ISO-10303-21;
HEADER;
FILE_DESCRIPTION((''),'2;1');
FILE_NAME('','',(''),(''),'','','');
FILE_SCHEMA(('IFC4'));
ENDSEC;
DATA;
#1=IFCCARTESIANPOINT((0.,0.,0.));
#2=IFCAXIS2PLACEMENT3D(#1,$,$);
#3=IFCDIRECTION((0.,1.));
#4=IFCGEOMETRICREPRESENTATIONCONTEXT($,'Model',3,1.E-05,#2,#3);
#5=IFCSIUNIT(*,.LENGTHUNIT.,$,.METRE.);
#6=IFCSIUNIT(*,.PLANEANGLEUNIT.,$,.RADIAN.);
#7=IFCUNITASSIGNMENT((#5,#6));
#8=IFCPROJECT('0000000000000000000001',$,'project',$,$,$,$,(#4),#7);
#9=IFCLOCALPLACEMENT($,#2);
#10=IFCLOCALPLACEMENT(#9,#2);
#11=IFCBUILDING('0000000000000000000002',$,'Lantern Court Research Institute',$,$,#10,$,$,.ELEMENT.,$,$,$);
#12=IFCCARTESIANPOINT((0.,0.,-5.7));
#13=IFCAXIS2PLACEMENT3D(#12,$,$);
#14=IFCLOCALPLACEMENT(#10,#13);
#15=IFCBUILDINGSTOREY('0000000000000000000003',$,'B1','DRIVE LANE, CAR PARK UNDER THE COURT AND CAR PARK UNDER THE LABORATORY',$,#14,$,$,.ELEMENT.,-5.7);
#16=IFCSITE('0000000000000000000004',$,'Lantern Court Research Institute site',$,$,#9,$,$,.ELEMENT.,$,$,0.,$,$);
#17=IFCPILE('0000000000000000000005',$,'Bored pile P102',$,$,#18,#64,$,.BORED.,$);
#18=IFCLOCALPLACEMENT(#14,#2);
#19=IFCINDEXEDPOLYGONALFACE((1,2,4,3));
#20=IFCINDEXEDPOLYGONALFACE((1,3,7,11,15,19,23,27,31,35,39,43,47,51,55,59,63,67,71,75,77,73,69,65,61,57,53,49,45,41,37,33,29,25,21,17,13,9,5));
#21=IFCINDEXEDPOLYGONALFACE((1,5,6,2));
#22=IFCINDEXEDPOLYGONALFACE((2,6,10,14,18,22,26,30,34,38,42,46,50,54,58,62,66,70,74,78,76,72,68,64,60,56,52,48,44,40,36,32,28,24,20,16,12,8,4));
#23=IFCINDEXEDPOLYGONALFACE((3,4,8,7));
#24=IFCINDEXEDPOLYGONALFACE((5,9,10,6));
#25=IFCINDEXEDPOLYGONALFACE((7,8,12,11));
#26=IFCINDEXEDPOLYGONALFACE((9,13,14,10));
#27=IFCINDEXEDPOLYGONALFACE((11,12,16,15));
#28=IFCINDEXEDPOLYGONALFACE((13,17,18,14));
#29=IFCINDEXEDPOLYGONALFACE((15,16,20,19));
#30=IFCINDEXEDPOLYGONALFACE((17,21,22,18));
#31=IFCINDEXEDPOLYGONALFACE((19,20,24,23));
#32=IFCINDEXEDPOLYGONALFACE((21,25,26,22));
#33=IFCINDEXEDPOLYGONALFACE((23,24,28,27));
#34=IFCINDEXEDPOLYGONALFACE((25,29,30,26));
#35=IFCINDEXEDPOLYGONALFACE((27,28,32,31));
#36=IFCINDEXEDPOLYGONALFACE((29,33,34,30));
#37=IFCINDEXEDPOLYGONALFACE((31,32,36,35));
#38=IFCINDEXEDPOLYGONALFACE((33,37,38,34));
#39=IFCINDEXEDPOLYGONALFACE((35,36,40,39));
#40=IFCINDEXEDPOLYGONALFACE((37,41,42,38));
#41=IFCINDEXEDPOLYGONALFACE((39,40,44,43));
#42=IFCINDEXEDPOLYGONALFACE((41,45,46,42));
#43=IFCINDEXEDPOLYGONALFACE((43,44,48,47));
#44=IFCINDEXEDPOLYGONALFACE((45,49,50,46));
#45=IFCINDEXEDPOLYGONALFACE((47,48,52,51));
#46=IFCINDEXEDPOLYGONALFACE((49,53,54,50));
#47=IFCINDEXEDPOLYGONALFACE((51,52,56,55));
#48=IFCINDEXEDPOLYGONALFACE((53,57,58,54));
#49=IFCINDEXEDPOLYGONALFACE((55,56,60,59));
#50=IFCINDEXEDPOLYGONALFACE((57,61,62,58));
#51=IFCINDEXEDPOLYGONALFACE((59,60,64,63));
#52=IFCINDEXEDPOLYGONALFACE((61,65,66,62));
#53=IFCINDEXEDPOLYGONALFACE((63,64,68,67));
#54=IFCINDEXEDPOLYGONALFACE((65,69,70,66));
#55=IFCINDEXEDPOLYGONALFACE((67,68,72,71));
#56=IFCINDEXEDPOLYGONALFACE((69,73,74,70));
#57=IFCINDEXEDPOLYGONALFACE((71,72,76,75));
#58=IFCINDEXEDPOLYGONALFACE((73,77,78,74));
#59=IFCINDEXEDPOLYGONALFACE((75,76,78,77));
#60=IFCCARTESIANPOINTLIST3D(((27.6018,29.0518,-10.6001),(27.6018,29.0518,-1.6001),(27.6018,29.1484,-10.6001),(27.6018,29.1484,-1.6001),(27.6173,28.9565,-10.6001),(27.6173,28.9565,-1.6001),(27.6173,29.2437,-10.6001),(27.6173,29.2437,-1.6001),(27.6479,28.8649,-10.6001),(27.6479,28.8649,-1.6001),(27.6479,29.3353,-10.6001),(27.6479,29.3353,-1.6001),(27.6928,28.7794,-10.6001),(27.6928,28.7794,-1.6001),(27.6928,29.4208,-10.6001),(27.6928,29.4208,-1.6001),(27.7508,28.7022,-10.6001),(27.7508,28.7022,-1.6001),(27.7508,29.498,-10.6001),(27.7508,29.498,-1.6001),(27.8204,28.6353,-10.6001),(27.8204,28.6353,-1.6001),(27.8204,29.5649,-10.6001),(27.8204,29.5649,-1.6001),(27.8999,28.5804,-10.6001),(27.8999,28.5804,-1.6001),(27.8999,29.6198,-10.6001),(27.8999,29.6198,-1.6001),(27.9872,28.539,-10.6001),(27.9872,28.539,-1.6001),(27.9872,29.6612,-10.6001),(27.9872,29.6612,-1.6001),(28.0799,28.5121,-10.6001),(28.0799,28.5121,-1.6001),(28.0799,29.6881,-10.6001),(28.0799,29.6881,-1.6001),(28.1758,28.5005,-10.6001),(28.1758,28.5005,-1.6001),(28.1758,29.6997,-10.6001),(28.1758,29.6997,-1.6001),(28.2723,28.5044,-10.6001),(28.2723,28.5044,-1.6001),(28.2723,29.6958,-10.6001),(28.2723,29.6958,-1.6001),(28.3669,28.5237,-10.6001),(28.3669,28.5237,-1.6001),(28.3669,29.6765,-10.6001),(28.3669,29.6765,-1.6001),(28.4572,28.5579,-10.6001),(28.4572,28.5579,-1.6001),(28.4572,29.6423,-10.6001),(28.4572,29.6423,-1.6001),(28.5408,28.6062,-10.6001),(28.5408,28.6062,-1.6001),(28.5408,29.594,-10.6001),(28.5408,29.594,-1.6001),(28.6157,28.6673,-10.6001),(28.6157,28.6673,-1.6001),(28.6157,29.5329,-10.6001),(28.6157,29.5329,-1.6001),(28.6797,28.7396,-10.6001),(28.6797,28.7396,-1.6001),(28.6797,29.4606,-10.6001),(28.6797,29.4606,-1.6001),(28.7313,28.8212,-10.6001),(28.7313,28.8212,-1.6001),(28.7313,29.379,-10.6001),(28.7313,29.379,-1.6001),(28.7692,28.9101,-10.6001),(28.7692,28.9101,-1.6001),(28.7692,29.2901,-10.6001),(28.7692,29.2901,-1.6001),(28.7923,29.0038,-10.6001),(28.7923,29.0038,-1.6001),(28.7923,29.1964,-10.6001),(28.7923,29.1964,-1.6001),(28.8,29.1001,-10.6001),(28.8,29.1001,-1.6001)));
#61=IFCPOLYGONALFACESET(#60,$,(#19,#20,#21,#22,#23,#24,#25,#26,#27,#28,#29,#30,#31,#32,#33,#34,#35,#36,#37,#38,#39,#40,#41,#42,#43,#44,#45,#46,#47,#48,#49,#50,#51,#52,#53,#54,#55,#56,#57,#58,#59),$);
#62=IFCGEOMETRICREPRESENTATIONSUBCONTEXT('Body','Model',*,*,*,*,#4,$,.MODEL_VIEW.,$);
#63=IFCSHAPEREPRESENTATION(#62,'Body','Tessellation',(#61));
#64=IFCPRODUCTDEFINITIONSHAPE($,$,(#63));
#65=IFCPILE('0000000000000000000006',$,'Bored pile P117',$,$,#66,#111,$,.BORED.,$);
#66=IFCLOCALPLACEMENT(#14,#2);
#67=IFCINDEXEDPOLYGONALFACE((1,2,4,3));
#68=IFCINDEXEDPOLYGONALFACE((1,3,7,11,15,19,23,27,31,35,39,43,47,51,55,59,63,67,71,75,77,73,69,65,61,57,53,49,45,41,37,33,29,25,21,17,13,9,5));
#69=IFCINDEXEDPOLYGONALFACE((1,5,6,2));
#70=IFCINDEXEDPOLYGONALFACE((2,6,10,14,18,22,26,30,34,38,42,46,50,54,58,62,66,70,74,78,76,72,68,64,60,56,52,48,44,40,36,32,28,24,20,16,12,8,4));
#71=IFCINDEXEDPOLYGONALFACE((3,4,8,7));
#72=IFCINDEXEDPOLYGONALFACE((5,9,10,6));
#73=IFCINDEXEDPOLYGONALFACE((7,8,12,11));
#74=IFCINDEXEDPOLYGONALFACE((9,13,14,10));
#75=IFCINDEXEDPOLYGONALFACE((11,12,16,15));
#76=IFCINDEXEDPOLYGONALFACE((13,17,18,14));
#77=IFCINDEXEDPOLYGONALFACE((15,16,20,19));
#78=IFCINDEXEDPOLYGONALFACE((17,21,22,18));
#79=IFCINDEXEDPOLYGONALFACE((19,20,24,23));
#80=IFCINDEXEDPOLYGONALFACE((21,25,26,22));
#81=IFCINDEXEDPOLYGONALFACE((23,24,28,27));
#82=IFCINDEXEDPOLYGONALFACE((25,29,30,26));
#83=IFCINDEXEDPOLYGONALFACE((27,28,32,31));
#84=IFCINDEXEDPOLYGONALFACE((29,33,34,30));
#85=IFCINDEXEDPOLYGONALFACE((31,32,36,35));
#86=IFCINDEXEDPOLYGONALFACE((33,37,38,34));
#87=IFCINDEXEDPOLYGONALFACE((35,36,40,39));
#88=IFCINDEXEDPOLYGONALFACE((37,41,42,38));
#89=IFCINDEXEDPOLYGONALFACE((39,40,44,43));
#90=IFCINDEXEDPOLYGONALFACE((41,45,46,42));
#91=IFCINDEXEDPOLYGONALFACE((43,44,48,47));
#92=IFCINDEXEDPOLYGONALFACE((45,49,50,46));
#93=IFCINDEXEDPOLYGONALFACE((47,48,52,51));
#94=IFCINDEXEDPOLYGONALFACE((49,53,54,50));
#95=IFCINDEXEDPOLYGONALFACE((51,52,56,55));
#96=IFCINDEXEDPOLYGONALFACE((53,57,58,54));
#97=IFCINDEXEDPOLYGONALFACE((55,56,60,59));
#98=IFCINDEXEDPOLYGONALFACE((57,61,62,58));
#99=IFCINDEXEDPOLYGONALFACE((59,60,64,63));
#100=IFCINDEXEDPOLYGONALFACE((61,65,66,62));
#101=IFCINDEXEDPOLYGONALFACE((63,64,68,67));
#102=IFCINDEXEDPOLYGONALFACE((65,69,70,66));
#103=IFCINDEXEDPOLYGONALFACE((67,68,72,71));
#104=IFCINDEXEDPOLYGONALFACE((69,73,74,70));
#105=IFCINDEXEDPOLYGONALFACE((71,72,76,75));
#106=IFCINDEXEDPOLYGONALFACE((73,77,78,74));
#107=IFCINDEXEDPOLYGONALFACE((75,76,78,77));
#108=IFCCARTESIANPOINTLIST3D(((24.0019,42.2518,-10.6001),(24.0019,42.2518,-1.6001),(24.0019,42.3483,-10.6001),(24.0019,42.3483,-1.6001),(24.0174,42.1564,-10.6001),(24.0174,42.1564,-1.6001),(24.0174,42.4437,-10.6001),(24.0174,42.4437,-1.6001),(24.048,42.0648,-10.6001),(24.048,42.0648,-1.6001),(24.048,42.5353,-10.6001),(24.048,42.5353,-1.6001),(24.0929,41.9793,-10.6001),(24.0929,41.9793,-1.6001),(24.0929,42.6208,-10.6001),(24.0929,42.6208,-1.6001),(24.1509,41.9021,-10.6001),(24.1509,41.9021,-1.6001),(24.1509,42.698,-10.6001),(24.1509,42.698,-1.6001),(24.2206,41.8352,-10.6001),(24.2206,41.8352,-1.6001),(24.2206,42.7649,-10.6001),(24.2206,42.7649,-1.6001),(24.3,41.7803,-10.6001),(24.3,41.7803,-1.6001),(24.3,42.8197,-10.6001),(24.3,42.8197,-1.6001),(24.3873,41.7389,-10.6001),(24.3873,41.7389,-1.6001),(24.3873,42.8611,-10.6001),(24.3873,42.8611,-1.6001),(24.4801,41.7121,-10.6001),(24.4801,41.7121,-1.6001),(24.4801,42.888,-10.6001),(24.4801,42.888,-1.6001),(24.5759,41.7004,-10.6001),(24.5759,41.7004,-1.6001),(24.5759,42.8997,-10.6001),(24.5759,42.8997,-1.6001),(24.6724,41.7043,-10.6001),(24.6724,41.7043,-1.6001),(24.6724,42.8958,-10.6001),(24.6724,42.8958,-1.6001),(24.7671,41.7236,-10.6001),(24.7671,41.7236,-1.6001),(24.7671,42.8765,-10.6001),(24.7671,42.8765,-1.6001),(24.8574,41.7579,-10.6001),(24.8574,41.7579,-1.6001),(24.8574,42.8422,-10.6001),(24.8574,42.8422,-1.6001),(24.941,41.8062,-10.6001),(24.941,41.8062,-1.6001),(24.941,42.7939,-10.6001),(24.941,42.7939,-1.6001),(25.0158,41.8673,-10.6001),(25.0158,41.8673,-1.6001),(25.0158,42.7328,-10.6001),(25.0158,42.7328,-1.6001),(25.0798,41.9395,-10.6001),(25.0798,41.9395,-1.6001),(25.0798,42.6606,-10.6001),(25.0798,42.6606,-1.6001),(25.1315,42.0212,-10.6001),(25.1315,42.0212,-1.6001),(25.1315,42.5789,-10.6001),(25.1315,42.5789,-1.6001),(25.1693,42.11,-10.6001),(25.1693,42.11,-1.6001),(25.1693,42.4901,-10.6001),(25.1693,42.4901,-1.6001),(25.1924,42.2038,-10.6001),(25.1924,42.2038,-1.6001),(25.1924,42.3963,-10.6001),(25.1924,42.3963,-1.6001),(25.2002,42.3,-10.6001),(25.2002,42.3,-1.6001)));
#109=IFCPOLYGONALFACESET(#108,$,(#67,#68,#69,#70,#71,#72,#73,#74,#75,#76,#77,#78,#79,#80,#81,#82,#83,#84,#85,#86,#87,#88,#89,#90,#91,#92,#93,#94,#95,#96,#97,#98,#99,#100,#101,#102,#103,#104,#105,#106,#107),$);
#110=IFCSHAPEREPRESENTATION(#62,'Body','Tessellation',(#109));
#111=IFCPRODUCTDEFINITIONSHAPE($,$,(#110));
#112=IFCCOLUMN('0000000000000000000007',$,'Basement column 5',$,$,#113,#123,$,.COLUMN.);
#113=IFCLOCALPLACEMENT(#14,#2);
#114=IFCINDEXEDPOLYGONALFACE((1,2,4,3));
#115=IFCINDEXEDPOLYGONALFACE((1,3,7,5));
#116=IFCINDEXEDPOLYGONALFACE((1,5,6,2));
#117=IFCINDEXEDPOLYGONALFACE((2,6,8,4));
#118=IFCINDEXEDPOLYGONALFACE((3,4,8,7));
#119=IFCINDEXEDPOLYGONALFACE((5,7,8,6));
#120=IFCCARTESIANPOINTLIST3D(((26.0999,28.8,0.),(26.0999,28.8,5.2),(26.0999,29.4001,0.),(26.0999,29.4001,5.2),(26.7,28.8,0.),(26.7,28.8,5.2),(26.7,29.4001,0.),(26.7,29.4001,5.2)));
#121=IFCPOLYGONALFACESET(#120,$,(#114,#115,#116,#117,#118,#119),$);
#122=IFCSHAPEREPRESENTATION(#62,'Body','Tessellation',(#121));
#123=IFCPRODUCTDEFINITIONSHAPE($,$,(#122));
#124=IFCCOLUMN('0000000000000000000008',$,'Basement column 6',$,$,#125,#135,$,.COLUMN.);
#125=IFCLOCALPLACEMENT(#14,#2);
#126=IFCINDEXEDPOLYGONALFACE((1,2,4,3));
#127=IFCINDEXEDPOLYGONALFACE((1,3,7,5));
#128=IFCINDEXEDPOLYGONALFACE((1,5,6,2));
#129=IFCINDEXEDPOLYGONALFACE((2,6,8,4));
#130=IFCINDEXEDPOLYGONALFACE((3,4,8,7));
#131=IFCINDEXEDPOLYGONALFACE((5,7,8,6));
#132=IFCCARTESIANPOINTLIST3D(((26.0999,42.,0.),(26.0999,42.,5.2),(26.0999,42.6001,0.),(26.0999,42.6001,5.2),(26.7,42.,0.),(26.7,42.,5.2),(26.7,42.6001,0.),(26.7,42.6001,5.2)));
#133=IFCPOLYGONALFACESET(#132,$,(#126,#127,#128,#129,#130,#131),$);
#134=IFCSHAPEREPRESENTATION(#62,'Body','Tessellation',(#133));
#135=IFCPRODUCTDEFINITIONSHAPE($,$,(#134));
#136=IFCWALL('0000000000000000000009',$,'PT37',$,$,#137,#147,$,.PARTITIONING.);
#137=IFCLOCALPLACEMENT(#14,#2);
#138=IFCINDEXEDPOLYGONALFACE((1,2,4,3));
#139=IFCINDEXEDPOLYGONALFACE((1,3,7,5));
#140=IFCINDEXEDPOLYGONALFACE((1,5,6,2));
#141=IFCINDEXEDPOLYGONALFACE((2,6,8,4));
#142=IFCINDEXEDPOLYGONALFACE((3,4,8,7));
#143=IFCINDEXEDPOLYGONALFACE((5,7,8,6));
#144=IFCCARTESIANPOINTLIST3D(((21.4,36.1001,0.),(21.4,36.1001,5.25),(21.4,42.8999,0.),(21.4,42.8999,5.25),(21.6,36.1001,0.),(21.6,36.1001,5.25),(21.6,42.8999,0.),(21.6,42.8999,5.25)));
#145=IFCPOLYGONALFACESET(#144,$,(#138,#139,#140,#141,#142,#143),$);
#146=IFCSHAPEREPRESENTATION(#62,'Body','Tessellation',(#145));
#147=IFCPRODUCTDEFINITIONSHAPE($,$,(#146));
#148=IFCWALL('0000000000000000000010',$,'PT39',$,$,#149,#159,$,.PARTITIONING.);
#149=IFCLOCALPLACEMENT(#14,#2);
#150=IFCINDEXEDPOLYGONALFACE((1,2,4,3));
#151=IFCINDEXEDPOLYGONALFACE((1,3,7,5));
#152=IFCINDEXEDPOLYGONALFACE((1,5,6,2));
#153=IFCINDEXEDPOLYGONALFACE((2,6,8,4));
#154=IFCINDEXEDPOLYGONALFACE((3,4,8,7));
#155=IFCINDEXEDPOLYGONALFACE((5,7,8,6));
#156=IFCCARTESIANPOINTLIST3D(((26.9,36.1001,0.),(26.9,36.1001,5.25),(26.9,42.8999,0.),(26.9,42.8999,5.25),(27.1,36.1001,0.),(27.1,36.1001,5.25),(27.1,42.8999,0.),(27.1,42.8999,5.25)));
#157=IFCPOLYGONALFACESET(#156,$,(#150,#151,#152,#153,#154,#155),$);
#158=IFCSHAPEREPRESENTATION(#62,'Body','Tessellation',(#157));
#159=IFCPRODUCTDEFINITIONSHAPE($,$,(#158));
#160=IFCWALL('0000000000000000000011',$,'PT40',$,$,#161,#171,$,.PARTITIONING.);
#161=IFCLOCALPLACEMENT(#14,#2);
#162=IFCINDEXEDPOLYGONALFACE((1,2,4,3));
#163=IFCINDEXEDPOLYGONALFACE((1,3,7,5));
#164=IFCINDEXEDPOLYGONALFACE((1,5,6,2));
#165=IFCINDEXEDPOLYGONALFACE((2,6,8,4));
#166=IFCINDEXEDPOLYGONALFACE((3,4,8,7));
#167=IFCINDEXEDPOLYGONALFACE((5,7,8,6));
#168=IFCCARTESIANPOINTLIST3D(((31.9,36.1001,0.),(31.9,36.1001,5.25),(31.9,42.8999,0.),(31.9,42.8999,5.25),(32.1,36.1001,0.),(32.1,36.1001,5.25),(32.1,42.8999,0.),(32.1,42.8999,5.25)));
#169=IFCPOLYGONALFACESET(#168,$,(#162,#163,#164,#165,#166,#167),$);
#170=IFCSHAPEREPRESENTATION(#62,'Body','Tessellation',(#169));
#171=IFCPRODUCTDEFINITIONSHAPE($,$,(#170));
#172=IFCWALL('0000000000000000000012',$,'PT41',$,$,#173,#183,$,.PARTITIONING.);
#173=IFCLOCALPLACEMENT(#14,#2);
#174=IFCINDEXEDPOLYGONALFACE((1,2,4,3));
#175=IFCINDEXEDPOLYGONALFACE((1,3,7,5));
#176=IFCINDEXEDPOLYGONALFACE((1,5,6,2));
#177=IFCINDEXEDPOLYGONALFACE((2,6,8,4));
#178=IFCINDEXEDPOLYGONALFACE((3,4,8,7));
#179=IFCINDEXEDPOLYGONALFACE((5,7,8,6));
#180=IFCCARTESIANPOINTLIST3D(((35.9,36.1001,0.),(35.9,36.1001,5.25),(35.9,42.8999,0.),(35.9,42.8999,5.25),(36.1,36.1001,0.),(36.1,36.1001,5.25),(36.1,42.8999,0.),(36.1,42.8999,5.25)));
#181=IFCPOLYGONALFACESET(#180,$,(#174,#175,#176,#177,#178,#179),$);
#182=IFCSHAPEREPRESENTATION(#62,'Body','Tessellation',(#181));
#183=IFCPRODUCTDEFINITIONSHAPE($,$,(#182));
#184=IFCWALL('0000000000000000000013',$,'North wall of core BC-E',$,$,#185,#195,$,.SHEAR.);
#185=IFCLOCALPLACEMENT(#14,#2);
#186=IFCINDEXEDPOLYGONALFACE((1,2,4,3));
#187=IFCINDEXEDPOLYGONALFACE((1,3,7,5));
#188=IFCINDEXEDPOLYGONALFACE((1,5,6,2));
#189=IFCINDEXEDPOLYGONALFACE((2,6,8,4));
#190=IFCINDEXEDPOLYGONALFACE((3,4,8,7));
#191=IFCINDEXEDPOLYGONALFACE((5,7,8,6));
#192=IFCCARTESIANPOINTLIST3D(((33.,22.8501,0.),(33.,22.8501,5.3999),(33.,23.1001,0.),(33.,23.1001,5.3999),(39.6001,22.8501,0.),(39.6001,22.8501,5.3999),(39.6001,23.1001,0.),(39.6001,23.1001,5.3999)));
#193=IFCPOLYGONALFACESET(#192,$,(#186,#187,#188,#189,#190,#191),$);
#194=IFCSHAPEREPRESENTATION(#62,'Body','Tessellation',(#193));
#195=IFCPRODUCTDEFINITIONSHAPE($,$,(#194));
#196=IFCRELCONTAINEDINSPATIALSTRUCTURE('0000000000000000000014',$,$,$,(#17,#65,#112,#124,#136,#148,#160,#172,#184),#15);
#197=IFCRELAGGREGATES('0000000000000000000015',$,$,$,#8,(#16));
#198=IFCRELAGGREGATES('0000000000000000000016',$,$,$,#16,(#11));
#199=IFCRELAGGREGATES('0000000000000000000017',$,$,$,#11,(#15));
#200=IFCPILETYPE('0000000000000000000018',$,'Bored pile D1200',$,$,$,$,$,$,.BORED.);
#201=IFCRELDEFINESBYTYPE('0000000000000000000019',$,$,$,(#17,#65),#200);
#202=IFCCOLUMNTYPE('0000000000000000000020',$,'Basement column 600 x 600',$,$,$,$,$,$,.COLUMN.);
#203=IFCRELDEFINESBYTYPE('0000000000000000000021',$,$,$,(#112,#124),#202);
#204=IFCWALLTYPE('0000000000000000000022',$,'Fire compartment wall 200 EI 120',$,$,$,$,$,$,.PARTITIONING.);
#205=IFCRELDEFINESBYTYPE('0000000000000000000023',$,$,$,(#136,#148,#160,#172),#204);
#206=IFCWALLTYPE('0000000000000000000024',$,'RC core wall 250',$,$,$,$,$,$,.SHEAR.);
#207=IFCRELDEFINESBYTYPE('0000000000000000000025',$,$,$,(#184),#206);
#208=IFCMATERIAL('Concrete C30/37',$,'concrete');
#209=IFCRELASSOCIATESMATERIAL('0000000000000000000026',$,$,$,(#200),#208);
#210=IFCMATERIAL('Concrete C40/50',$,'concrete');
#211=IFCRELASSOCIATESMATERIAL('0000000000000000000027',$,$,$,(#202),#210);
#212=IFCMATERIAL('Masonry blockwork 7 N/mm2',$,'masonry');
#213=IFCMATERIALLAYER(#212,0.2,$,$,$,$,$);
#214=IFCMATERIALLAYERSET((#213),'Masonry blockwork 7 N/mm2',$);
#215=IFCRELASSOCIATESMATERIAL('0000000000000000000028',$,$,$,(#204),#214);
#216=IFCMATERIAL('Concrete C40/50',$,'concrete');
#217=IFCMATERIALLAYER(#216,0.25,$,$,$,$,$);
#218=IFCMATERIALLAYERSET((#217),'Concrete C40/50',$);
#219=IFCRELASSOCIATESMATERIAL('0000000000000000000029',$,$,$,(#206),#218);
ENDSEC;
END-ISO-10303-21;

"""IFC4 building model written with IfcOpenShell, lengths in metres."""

from ifc_helpers import new_model, si_unit, direction, frame, frame_2d, origin, origin_2d, place, context, subcontext, project, spatial, rectangle, circle, extrude, material, layer, layer_set, material_profile, profile_set, type_object, element, save


model = new_model("IFC4")

# Units and contexts
model_context = context("Model", 3, precision=1e-05, world=origin(), true_north=direction((0.0, 1.0)))
body_context = subcontext(model_context, "Body", "Model", "MODEL_VIEW")
ifc_project = project(units=[si_unit("LENGTHUNIT", "METRE"), si_unit("PLANEANGLEUNIT", "RADIAN")], contexts=[model_context])

# Site, building, storey
site_placement = place(None, origin())
site = spatial("IfcSite", under=ifc_project, at=site_placement, Name="Lantern Court Research Institute site", CompositionType="ELEMENT", RefElevation=0.0)
building_placement = place(site_placement, origin())
building = spatial("IfcBuilding", under=site, at=building_placement, Name="Lantern Court Research Institute", CompositionType="ELEMENT")
storey_placement = place(building_placement, frame((0.0, 0.0, -5.7)))
storey = spatial("IfcBuildingStorey", under=building, at=storey_placement, Name="B1", Description="DRIVE LANE, CAR PARK UNDER THE COURT AND CAR PARK UNDER THE LABORATORY", CompositionType="ELEMENT", Elevation=-5.7)

# Piles
ifc_material_1 = material(Name="Concrete C30/37", Category="concrete")
ifc_material_profile_1 = material_profile(ifc_material_1, circle(Radius=0.6001, at=origin_2d()), Name="Bored pile D1200")
ifc_profile_set_1 = profile_set([ifc_material_profile_1], Name="Concrete C30/37")
pile_type = type_object("IfcPileType", Name="Bored pile D1200", PredefinedType="BORED", material=ifc_profile_set_1)
for number, where, z_axis, x_axis, name in (
    (1, (28.2, 29.1001, -1.6001), (0.0, 0.0, -1.0), (1.0, 0.0, 0.0), "Bored pile P102"),
    (2, (24.6001, 42.3, -1.6001), (0.0, 0.0, -1.0), (1.0, 0.0, 0.0), "Bored pile P117"),
):
    element("IfcPile", number, at=place(storey_placement, frame(where, z_axis=z_axis, x_axis=x_axis)), inside=storey, type_object=pile_type, Name=name, PredefinedType="BORED", context=body_context, shape_type="SweptSolid", body=[
        extrude(circle(Radius=0.6001, at=origin_2d()), origin(), (0.0, 0.0, 1.0), 9.0),
    ])

# Columns
ifc_material_2 = material(Name="Concrete C40/50", Category="concrete")
ifc_material_profile_2 = material_profile(ifc_material_2, rectangle(XDim=0.6001, YDim=0.6001, at=origin_2d()), Name="Basement column 600 x 600")
ifc_profile_set_2 = profile_set([ifc_material_profile_2], Name="Concrete C40/50")
column_type = type_object("IfcColumnType", Name="Basement column 600 x 600", PredefinedType="COLUMN", material=ifc_profile_set_2)
for number, where, z_axis, x_axis, name in (
    (3, (26.3999, 29.1001, 0.0), (0.0, 0.0, 1.0), (1.0, 0.0, 0.0), "Basement column 5"),
    (4, (26.3999, 42.3, 0.0), (0.0, 0.0, 1.0), (1.0, 0.0, 0.0), "Basement column 6"),
):
    element("IfcColumn", number, at=place(storey_placement, frame(where, z_axis=z_axis, x_axis=x_axis)), inside=storey, type_object=column_type, Name=name, PredefinedType="COLUMN", context=body_context, shape_type="SweptSolid", body=[
        extrude(rectangle(XDim=0.6001, YDim=0.6001, at=origin_2d()), origin(), (0.0, 0.0, 1.0), 5.2),
    ])

# Walls
ifc_material_3 = material(Name="Masonry blockwork 7 N/mm2", Category="masonry")
ifc_layer_1 = layer(ifc_material_3, 0.2)
ifc_layer_set_1 = layer_set([ifc_layer_1], Name="Masonry blockwork 7 N/mm2")
wall_type_1 = type_object("IfcWallType", Name="Fire compartment wall 200 EI 120", PredefinedType="PARTITIONING", material=ifc_layer_set_1)
for number, where, z_axis, x_axis, name in (
    (5, (21.5, 36.1001, 0.0), (0.0, 0.0, 1.0), (0.0, 1.0, 0.0), "PT37"),
    (6, (27.0, 36.1001, 0.0), (0.0, 0.0, 1.0), (0.0, 1.0, 0.0), "PT39"),
    (7, (32.0, 36.1001, 0.0), (0.0, 0.0, 1.0), (0.0, 1.0, 0.0), "PT40"),
    (8, (36.0, 36.1001, 0.0), (0.0, 0.0, 1.0), (0.0, 1.0, 0.0), "PT41"),
):
    element("IfcWall", number, at=place(storey_placement, frame(where, z_axis=z_axis, x_axis=x_axis)), inside=storey, type_object=wall_type_1, Name=name, PredefinedType="PARTITIONING", context=body_context, shape_type="SweptSolid", body=[
        extrude(rectangle(XDim=6.7998, YDim=0.2, at=frame_2d((3.3999, 0.0))), origin(), (0.0, 0.0, 1.0), 5.25),
    ])
ifc_material_4 = material(Name="Concrete C40/50", Category="concrete")
ifc_layer_2 = layer(ifc_material_4, 0.25)
ifc_layer_set_2 = layer_set([ifc_layer_2], Name="Concrete C40/50")
wall_type_2 = type_object("IfcWallType", Name="RC core wall 250", PredefinedType="SHEAR", material=ifc_layer_set_2)
wall_1_placement = place(storey_placement, frame((33.0, 22.9751, 0.0), z_axis=(0.0, 0.0, 1.0), x_axis=(1.0, 0.0, 0.0)))
element("IfcWall", 9, at=wall_1_placement, inside=storey, type_object=wall_type_2, Name="North wall of core BC-E", PredefinedType="SHEAR", context=body_context, shape_type="SweptSolid", body=[
    extrude(rectangle(XDim=6.6001, YDim=0.25, at=frame_2d((3.3, 0.0))), origin(), (0.0, 0.0, 1.0), 5.3999),
])

save(model, "model.ifc")
